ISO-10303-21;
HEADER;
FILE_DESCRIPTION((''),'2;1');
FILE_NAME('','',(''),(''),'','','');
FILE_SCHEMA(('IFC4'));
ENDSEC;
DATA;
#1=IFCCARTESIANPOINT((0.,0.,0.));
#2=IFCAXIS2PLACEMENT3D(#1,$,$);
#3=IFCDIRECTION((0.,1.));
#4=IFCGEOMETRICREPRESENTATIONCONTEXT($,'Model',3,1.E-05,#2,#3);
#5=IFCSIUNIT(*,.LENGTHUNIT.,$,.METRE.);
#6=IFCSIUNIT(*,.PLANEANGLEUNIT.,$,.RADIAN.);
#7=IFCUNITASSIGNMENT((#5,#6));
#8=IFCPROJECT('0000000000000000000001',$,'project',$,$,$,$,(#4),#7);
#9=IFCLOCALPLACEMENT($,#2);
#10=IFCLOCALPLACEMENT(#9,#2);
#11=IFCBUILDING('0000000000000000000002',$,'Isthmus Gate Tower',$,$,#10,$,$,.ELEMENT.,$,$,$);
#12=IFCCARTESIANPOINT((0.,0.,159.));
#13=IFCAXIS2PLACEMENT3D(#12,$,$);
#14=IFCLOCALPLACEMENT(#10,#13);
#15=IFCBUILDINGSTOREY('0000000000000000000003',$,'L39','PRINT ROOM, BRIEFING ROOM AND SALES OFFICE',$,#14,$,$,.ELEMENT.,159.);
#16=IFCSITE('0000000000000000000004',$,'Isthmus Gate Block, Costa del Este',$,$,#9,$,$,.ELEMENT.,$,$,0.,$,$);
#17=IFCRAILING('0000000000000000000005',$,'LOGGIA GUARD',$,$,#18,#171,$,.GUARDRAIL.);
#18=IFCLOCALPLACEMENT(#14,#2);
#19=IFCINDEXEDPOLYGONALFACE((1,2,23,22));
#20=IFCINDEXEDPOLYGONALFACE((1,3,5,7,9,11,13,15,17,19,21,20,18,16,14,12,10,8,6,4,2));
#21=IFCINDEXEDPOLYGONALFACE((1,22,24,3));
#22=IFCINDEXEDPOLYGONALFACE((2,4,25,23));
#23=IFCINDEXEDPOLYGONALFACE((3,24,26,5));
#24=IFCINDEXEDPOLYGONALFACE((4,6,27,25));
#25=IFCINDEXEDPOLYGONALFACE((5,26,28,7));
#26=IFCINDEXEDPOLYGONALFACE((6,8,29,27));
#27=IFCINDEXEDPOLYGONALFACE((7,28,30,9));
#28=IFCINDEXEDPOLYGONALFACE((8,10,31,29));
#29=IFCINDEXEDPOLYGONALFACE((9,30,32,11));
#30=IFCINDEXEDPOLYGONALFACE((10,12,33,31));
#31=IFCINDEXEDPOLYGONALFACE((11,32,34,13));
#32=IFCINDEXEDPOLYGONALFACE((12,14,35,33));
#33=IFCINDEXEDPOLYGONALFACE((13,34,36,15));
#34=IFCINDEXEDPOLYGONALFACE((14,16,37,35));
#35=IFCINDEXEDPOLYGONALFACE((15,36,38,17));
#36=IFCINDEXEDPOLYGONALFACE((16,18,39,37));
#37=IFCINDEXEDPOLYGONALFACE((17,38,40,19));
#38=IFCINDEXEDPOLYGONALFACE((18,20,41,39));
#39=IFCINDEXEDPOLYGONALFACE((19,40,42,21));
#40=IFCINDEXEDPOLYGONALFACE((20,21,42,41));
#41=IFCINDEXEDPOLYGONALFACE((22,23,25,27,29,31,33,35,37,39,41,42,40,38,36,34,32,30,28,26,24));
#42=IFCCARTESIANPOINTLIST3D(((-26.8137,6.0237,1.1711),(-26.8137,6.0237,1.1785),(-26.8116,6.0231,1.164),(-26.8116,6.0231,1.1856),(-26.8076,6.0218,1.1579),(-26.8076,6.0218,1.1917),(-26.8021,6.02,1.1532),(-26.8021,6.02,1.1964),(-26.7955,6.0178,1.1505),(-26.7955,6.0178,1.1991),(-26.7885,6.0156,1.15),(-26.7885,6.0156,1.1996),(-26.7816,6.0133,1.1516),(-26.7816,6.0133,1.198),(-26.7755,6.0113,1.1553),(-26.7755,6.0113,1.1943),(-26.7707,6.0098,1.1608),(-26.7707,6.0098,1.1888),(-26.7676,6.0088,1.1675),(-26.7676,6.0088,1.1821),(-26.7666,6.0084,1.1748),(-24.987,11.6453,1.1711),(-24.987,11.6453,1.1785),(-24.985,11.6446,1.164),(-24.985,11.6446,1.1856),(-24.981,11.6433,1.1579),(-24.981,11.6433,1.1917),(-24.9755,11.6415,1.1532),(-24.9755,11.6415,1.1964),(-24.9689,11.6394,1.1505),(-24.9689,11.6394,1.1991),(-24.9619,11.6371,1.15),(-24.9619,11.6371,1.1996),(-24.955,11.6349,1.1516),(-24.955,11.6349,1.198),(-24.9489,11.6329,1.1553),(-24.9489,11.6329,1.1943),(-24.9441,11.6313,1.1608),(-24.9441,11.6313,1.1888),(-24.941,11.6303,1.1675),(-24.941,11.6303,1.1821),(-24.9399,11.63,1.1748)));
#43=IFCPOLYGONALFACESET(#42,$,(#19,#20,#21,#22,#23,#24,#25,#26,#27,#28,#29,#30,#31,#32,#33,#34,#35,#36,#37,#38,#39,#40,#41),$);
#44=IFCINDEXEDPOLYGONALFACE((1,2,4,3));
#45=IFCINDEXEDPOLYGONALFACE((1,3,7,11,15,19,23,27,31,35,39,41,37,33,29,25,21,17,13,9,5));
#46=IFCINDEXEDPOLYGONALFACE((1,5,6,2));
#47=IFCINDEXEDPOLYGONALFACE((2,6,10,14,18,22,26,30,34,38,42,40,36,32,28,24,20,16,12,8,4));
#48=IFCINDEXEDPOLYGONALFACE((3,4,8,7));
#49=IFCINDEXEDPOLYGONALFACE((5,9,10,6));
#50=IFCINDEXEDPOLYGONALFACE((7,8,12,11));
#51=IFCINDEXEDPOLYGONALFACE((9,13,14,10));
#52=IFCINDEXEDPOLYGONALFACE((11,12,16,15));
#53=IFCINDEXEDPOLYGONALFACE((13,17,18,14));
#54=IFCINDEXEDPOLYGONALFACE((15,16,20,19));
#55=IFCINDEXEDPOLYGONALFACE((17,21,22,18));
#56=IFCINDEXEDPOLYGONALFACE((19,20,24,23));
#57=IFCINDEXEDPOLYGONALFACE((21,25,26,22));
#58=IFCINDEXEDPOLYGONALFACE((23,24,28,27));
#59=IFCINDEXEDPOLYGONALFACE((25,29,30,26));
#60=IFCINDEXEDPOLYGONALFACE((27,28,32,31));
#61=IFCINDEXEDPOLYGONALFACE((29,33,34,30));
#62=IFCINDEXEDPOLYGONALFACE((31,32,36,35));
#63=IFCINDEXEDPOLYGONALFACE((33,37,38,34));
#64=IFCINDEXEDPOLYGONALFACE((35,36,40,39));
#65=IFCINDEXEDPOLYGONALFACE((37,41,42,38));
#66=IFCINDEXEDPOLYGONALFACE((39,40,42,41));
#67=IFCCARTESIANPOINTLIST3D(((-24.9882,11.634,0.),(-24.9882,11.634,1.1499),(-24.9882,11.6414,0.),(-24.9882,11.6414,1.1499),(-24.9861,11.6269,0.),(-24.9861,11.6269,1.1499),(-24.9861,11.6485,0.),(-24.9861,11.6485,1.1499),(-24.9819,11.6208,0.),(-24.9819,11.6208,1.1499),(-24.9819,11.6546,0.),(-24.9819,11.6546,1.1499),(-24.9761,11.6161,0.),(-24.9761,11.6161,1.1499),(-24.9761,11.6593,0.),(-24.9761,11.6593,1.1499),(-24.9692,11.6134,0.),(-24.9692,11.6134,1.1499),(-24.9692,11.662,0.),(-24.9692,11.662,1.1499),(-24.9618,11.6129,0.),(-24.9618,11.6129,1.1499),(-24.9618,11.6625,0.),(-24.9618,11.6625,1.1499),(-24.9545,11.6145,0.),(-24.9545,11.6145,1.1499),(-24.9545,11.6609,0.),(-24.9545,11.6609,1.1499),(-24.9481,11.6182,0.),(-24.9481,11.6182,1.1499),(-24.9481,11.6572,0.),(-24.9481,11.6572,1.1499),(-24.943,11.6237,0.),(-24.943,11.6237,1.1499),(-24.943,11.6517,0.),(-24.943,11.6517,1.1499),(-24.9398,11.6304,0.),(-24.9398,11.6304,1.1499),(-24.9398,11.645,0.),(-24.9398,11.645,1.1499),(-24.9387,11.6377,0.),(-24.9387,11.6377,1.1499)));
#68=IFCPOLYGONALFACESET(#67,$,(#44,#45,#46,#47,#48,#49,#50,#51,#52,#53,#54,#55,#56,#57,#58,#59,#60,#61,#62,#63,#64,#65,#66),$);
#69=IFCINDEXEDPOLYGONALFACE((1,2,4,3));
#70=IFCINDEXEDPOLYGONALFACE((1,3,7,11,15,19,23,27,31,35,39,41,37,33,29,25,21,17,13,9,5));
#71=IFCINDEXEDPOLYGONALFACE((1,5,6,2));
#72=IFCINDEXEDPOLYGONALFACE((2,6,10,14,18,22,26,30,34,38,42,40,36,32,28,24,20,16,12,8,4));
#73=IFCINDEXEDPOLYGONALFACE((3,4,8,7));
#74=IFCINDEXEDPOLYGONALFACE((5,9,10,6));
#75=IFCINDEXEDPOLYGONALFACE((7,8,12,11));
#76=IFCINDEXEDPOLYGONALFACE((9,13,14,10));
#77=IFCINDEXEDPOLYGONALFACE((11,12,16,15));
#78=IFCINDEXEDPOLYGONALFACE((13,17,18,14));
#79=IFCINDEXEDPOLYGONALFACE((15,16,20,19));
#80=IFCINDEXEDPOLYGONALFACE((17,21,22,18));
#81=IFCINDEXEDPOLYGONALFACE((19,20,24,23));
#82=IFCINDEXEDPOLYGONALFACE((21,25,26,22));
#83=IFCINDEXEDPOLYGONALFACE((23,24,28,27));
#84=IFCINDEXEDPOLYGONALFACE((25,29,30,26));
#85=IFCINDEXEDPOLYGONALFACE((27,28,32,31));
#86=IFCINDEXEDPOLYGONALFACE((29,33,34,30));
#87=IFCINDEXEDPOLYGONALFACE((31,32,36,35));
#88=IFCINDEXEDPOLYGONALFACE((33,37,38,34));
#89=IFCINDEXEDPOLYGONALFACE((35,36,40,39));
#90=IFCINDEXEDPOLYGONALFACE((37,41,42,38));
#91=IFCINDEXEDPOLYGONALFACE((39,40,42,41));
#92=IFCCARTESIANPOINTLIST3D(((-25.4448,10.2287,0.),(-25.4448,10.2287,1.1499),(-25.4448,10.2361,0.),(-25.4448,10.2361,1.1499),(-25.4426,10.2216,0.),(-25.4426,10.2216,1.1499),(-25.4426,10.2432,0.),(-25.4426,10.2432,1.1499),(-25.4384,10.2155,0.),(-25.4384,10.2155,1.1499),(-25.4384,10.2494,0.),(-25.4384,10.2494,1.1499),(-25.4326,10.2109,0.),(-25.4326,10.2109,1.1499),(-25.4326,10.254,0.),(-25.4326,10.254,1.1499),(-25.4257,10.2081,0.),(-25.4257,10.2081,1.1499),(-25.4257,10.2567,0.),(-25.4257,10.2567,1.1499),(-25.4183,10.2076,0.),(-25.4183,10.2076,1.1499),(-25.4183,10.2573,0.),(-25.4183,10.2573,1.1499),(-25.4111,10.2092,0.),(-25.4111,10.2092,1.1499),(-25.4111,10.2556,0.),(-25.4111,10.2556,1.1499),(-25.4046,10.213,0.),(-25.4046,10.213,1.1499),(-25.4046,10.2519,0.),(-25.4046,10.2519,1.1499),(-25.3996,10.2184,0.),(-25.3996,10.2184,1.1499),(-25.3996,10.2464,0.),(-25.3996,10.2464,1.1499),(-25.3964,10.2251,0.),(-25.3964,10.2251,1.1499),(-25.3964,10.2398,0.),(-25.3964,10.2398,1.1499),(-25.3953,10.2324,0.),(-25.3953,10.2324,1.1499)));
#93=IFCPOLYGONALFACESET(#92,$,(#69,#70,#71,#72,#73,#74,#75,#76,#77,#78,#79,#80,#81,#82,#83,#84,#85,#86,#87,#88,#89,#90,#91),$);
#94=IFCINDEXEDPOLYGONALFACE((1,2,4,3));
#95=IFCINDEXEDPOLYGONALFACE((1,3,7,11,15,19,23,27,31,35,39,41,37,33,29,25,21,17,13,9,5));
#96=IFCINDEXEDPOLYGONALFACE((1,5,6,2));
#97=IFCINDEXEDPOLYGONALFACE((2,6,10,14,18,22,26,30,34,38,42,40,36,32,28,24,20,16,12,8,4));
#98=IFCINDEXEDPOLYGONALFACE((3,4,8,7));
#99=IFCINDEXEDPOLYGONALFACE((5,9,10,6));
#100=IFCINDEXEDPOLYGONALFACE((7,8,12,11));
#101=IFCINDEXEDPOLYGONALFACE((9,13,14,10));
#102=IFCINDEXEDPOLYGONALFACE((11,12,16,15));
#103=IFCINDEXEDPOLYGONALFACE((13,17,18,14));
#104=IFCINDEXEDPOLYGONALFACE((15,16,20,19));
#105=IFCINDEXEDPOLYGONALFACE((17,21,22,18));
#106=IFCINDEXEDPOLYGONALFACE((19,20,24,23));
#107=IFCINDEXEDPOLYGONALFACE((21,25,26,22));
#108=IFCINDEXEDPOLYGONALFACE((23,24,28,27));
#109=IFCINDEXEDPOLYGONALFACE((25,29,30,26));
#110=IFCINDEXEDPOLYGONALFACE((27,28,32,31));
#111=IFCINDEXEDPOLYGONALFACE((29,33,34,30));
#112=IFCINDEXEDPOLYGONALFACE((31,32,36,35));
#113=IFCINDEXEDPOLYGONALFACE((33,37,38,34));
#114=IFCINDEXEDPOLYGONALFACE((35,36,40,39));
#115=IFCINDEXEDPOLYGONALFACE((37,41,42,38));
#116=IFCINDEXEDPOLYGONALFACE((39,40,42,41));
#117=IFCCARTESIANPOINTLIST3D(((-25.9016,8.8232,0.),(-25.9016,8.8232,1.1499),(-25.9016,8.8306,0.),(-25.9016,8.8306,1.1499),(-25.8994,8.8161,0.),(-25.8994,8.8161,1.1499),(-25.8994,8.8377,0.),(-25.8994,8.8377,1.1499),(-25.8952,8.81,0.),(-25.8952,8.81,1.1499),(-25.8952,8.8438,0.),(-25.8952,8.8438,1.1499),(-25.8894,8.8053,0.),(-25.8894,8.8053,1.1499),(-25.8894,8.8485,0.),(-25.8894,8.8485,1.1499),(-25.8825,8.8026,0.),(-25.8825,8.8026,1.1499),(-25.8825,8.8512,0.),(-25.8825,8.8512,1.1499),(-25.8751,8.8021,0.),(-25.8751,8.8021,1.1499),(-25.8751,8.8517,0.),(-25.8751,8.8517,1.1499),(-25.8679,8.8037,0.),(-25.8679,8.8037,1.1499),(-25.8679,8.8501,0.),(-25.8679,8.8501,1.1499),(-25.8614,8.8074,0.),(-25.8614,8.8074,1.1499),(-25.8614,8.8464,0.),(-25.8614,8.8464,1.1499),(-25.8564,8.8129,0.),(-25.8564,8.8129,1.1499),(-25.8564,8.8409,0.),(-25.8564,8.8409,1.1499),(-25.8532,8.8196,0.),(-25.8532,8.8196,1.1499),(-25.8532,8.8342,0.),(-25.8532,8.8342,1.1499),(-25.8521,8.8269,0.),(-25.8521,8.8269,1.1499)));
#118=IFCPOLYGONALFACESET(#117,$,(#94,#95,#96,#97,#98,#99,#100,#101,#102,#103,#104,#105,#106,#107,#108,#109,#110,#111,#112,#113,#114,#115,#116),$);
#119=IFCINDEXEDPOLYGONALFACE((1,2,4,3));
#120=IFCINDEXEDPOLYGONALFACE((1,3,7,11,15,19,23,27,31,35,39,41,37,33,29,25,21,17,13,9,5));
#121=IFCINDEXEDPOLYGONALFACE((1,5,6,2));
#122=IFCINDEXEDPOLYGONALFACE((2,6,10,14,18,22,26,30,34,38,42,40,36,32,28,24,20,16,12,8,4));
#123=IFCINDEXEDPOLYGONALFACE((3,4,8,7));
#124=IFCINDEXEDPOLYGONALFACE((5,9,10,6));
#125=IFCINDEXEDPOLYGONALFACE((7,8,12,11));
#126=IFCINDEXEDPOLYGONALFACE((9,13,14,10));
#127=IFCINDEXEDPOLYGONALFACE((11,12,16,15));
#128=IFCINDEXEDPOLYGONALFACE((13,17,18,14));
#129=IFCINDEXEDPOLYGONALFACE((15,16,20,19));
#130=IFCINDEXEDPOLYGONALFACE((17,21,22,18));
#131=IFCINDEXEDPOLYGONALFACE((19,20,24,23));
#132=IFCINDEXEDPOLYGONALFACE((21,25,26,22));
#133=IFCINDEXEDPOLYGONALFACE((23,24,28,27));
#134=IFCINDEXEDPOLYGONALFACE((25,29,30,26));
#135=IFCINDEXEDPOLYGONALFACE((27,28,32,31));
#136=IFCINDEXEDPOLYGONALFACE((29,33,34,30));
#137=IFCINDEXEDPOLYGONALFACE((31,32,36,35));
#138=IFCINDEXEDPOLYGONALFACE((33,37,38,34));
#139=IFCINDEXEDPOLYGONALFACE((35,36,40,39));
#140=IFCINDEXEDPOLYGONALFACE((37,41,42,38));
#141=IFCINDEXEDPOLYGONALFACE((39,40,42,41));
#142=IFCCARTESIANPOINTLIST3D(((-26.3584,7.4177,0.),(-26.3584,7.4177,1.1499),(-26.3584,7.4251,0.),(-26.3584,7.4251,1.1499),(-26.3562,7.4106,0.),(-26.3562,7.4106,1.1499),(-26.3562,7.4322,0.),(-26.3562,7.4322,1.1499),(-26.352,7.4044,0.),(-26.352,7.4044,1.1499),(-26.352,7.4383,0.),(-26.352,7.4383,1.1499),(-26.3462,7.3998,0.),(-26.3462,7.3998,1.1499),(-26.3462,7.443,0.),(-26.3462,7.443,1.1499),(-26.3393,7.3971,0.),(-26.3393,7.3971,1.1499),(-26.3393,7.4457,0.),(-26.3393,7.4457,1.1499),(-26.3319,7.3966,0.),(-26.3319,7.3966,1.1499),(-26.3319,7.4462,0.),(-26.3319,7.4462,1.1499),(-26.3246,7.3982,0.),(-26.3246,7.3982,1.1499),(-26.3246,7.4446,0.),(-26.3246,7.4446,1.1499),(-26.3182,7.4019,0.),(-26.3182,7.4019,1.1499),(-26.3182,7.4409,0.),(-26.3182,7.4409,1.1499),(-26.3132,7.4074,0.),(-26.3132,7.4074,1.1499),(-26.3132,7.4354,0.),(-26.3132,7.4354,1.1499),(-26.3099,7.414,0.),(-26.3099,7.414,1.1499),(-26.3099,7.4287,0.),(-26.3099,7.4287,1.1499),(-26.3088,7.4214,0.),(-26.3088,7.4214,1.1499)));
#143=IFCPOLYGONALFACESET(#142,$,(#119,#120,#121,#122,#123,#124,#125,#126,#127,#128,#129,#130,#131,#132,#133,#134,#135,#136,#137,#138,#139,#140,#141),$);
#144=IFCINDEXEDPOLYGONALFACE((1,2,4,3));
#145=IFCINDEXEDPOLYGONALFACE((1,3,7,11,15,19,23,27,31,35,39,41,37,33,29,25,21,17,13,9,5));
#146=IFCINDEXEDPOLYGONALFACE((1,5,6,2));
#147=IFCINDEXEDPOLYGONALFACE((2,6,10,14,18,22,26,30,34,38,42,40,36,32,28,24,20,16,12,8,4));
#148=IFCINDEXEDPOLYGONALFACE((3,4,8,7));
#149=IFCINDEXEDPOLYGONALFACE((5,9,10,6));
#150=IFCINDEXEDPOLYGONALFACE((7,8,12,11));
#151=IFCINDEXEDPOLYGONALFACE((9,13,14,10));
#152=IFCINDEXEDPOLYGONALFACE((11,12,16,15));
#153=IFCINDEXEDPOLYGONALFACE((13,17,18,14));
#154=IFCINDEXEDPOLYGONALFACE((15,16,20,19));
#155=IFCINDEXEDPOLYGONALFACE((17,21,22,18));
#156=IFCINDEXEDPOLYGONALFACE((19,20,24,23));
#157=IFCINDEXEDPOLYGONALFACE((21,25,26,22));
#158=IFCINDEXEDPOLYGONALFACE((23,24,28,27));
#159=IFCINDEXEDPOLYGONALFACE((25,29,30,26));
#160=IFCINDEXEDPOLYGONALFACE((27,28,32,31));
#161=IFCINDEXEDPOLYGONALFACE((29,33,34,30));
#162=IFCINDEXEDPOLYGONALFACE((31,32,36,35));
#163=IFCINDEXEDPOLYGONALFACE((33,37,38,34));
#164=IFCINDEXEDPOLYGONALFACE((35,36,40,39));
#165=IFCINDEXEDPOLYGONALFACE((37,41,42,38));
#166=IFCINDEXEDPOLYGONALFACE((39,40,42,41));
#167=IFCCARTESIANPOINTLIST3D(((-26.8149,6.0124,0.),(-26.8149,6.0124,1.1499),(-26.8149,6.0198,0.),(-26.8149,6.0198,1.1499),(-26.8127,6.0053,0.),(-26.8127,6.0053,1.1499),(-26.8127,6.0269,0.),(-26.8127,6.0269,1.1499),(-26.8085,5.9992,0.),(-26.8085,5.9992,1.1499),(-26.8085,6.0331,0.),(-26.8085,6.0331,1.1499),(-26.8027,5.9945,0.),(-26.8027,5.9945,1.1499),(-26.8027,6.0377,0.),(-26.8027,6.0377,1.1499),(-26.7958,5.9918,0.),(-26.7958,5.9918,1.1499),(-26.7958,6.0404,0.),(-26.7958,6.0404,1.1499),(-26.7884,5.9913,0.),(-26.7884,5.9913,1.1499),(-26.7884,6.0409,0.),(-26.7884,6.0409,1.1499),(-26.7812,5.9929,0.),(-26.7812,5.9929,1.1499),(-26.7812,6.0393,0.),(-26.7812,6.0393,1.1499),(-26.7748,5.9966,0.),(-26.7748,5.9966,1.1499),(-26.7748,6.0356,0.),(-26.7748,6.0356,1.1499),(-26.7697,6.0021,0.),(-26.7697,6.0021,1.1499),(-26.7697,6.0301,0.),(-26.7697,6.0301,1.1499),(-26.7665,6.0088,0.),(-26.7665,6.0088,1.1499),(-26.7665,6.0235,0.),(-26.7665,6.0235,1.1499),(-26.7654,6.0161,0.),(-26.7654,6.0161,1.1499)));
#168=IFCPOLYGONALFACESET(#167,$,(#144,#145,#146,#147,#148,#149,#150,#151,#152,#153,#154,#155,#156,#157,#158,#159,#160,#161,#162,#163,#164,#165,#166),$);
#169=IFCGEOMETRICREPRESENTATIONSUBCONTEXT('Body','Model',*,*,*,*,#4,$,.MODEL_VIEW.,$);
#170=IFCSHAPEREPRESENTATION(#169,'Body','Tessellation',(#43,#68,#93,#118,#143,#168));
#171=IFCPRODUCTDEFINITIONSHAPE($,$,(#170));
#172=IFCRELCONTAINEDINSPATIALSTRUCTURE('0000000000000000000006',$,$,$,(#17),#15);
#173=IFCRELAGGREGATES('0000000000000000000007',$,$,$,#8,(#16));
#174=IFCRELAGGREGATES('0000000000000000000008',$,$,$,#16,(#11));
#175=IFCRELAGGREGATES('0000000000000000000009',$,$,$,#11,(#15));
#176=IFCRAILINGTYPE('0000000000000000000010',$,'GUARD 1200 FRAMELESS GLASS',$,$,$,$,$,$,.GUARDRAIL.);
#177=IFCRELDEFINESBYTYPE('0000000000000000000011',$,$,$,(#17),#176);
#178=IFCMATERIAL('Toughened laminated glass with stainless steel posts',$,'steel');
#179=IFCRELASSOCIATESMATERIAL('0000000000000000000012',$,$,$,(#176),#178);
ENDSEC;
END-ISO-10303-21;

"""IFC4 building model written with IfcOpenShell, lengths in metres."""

from ifc_helpers import new_model, si_unit, direction, frame, origin, origin_2d, place, context, subcontext, project, spatial, circle, extrude, material, type_object, element, save


model = new_model("IFC4")

# Units and contexts
model_context = context("Model", 3, precision=1e-05, world=origin(), true_north=direction((0.0, 1.0)))
body_context = subcontext(model_context, "Body", "Model", "MODEL_VIEW")
ifc_project = project(units=[si_unit("LENGTHUNIT", "METRE"), si_unit("PLANEANGLEUNIT", "RADIAN")], contexts=[model_context])

# Site, building, storey
site_placement = place(None, origin())
site = spatial("IfcSite", under=ifc_project, at=site_placement, Name="Isthmus Gate Block, Costa del Este", CompositionType="ELEMENT", RefElevation=0.0)
building_placement = place(site_placement, origin())
building = spatial("IfcBuilding", under=site, at=building_placement, Name="Isthmus Gate Tower", CompositionType="ELEMENT")
storey_placement = place(building_placement, frame((0.0, 0.0, 159.0)))
storey = spatial("IfcBuildingStorey", under=building, at=storey_placement, Name="L39", Description="PRINT ROOM, BRIEFING ROOM AND SALES OFFICE", CompositionType="ELEMENT", Elevation=159.0)

# Railing
ifc_material_1 = material(Name="Toughened laminated glass with stainless steel posts", Category="steel")
railing_type = type_object("IfcRailingType", Name="GUARD 1200 FRAMELESS GLASS", PredefinedType="GUARDRAIL", material=ifc_material_1)
railing_placement = place(storey_placement, frame((-24.9636, 11.6377, 0.0)))
element("IfcRailing", 1, at=railing_placement, inside=storey, type_object=railing_type, Name="LOGGIA GUARD", PredefinedType="GUARDRAIL", context=body_context, shape_type="SweptSolid", body=[
    extrude(circle(Radius=0.0249, at=origin_2d()), frame((0.0, 0.0, 1.1748), z_axis=(-0.309032, -0.951052, 0.0), x_axis=(0.951052, -0.309032, 0.0)), (0.0, 0.0, 1.0), 5.9109),
    extrude(circle(Radius=0.0249, at=origin_2d()), origin(), (0.0, 0.0, 1.0), 1.1499),
    extrude(circle(Radius=0.0249, at=origin_2d()), frame((-0.4565, -1.4053, 0.0)), (0.0, 0.0, 1.0), 1.1499),
    extrude(circle(Radius=0.0249, at=origin_2d()), frame((-0.9133, -2.8108, 0.0)), (0.0, 0.0, 1.0), 1.1499),
    extrude(circle(Radius=0.0249, at=origin_2d()), frame((-1.3701, -4.2163, 0.0)), (0.0, 0.0, 1.0), 1.1499),
    extrude(circle(Radius=0.0249, at=origin_2d()), frame((-1.8267, -5.6216, 0.0)), (0.0, 0.0, 1.0), 1.1499),
])

save(model, "model.ifc")
